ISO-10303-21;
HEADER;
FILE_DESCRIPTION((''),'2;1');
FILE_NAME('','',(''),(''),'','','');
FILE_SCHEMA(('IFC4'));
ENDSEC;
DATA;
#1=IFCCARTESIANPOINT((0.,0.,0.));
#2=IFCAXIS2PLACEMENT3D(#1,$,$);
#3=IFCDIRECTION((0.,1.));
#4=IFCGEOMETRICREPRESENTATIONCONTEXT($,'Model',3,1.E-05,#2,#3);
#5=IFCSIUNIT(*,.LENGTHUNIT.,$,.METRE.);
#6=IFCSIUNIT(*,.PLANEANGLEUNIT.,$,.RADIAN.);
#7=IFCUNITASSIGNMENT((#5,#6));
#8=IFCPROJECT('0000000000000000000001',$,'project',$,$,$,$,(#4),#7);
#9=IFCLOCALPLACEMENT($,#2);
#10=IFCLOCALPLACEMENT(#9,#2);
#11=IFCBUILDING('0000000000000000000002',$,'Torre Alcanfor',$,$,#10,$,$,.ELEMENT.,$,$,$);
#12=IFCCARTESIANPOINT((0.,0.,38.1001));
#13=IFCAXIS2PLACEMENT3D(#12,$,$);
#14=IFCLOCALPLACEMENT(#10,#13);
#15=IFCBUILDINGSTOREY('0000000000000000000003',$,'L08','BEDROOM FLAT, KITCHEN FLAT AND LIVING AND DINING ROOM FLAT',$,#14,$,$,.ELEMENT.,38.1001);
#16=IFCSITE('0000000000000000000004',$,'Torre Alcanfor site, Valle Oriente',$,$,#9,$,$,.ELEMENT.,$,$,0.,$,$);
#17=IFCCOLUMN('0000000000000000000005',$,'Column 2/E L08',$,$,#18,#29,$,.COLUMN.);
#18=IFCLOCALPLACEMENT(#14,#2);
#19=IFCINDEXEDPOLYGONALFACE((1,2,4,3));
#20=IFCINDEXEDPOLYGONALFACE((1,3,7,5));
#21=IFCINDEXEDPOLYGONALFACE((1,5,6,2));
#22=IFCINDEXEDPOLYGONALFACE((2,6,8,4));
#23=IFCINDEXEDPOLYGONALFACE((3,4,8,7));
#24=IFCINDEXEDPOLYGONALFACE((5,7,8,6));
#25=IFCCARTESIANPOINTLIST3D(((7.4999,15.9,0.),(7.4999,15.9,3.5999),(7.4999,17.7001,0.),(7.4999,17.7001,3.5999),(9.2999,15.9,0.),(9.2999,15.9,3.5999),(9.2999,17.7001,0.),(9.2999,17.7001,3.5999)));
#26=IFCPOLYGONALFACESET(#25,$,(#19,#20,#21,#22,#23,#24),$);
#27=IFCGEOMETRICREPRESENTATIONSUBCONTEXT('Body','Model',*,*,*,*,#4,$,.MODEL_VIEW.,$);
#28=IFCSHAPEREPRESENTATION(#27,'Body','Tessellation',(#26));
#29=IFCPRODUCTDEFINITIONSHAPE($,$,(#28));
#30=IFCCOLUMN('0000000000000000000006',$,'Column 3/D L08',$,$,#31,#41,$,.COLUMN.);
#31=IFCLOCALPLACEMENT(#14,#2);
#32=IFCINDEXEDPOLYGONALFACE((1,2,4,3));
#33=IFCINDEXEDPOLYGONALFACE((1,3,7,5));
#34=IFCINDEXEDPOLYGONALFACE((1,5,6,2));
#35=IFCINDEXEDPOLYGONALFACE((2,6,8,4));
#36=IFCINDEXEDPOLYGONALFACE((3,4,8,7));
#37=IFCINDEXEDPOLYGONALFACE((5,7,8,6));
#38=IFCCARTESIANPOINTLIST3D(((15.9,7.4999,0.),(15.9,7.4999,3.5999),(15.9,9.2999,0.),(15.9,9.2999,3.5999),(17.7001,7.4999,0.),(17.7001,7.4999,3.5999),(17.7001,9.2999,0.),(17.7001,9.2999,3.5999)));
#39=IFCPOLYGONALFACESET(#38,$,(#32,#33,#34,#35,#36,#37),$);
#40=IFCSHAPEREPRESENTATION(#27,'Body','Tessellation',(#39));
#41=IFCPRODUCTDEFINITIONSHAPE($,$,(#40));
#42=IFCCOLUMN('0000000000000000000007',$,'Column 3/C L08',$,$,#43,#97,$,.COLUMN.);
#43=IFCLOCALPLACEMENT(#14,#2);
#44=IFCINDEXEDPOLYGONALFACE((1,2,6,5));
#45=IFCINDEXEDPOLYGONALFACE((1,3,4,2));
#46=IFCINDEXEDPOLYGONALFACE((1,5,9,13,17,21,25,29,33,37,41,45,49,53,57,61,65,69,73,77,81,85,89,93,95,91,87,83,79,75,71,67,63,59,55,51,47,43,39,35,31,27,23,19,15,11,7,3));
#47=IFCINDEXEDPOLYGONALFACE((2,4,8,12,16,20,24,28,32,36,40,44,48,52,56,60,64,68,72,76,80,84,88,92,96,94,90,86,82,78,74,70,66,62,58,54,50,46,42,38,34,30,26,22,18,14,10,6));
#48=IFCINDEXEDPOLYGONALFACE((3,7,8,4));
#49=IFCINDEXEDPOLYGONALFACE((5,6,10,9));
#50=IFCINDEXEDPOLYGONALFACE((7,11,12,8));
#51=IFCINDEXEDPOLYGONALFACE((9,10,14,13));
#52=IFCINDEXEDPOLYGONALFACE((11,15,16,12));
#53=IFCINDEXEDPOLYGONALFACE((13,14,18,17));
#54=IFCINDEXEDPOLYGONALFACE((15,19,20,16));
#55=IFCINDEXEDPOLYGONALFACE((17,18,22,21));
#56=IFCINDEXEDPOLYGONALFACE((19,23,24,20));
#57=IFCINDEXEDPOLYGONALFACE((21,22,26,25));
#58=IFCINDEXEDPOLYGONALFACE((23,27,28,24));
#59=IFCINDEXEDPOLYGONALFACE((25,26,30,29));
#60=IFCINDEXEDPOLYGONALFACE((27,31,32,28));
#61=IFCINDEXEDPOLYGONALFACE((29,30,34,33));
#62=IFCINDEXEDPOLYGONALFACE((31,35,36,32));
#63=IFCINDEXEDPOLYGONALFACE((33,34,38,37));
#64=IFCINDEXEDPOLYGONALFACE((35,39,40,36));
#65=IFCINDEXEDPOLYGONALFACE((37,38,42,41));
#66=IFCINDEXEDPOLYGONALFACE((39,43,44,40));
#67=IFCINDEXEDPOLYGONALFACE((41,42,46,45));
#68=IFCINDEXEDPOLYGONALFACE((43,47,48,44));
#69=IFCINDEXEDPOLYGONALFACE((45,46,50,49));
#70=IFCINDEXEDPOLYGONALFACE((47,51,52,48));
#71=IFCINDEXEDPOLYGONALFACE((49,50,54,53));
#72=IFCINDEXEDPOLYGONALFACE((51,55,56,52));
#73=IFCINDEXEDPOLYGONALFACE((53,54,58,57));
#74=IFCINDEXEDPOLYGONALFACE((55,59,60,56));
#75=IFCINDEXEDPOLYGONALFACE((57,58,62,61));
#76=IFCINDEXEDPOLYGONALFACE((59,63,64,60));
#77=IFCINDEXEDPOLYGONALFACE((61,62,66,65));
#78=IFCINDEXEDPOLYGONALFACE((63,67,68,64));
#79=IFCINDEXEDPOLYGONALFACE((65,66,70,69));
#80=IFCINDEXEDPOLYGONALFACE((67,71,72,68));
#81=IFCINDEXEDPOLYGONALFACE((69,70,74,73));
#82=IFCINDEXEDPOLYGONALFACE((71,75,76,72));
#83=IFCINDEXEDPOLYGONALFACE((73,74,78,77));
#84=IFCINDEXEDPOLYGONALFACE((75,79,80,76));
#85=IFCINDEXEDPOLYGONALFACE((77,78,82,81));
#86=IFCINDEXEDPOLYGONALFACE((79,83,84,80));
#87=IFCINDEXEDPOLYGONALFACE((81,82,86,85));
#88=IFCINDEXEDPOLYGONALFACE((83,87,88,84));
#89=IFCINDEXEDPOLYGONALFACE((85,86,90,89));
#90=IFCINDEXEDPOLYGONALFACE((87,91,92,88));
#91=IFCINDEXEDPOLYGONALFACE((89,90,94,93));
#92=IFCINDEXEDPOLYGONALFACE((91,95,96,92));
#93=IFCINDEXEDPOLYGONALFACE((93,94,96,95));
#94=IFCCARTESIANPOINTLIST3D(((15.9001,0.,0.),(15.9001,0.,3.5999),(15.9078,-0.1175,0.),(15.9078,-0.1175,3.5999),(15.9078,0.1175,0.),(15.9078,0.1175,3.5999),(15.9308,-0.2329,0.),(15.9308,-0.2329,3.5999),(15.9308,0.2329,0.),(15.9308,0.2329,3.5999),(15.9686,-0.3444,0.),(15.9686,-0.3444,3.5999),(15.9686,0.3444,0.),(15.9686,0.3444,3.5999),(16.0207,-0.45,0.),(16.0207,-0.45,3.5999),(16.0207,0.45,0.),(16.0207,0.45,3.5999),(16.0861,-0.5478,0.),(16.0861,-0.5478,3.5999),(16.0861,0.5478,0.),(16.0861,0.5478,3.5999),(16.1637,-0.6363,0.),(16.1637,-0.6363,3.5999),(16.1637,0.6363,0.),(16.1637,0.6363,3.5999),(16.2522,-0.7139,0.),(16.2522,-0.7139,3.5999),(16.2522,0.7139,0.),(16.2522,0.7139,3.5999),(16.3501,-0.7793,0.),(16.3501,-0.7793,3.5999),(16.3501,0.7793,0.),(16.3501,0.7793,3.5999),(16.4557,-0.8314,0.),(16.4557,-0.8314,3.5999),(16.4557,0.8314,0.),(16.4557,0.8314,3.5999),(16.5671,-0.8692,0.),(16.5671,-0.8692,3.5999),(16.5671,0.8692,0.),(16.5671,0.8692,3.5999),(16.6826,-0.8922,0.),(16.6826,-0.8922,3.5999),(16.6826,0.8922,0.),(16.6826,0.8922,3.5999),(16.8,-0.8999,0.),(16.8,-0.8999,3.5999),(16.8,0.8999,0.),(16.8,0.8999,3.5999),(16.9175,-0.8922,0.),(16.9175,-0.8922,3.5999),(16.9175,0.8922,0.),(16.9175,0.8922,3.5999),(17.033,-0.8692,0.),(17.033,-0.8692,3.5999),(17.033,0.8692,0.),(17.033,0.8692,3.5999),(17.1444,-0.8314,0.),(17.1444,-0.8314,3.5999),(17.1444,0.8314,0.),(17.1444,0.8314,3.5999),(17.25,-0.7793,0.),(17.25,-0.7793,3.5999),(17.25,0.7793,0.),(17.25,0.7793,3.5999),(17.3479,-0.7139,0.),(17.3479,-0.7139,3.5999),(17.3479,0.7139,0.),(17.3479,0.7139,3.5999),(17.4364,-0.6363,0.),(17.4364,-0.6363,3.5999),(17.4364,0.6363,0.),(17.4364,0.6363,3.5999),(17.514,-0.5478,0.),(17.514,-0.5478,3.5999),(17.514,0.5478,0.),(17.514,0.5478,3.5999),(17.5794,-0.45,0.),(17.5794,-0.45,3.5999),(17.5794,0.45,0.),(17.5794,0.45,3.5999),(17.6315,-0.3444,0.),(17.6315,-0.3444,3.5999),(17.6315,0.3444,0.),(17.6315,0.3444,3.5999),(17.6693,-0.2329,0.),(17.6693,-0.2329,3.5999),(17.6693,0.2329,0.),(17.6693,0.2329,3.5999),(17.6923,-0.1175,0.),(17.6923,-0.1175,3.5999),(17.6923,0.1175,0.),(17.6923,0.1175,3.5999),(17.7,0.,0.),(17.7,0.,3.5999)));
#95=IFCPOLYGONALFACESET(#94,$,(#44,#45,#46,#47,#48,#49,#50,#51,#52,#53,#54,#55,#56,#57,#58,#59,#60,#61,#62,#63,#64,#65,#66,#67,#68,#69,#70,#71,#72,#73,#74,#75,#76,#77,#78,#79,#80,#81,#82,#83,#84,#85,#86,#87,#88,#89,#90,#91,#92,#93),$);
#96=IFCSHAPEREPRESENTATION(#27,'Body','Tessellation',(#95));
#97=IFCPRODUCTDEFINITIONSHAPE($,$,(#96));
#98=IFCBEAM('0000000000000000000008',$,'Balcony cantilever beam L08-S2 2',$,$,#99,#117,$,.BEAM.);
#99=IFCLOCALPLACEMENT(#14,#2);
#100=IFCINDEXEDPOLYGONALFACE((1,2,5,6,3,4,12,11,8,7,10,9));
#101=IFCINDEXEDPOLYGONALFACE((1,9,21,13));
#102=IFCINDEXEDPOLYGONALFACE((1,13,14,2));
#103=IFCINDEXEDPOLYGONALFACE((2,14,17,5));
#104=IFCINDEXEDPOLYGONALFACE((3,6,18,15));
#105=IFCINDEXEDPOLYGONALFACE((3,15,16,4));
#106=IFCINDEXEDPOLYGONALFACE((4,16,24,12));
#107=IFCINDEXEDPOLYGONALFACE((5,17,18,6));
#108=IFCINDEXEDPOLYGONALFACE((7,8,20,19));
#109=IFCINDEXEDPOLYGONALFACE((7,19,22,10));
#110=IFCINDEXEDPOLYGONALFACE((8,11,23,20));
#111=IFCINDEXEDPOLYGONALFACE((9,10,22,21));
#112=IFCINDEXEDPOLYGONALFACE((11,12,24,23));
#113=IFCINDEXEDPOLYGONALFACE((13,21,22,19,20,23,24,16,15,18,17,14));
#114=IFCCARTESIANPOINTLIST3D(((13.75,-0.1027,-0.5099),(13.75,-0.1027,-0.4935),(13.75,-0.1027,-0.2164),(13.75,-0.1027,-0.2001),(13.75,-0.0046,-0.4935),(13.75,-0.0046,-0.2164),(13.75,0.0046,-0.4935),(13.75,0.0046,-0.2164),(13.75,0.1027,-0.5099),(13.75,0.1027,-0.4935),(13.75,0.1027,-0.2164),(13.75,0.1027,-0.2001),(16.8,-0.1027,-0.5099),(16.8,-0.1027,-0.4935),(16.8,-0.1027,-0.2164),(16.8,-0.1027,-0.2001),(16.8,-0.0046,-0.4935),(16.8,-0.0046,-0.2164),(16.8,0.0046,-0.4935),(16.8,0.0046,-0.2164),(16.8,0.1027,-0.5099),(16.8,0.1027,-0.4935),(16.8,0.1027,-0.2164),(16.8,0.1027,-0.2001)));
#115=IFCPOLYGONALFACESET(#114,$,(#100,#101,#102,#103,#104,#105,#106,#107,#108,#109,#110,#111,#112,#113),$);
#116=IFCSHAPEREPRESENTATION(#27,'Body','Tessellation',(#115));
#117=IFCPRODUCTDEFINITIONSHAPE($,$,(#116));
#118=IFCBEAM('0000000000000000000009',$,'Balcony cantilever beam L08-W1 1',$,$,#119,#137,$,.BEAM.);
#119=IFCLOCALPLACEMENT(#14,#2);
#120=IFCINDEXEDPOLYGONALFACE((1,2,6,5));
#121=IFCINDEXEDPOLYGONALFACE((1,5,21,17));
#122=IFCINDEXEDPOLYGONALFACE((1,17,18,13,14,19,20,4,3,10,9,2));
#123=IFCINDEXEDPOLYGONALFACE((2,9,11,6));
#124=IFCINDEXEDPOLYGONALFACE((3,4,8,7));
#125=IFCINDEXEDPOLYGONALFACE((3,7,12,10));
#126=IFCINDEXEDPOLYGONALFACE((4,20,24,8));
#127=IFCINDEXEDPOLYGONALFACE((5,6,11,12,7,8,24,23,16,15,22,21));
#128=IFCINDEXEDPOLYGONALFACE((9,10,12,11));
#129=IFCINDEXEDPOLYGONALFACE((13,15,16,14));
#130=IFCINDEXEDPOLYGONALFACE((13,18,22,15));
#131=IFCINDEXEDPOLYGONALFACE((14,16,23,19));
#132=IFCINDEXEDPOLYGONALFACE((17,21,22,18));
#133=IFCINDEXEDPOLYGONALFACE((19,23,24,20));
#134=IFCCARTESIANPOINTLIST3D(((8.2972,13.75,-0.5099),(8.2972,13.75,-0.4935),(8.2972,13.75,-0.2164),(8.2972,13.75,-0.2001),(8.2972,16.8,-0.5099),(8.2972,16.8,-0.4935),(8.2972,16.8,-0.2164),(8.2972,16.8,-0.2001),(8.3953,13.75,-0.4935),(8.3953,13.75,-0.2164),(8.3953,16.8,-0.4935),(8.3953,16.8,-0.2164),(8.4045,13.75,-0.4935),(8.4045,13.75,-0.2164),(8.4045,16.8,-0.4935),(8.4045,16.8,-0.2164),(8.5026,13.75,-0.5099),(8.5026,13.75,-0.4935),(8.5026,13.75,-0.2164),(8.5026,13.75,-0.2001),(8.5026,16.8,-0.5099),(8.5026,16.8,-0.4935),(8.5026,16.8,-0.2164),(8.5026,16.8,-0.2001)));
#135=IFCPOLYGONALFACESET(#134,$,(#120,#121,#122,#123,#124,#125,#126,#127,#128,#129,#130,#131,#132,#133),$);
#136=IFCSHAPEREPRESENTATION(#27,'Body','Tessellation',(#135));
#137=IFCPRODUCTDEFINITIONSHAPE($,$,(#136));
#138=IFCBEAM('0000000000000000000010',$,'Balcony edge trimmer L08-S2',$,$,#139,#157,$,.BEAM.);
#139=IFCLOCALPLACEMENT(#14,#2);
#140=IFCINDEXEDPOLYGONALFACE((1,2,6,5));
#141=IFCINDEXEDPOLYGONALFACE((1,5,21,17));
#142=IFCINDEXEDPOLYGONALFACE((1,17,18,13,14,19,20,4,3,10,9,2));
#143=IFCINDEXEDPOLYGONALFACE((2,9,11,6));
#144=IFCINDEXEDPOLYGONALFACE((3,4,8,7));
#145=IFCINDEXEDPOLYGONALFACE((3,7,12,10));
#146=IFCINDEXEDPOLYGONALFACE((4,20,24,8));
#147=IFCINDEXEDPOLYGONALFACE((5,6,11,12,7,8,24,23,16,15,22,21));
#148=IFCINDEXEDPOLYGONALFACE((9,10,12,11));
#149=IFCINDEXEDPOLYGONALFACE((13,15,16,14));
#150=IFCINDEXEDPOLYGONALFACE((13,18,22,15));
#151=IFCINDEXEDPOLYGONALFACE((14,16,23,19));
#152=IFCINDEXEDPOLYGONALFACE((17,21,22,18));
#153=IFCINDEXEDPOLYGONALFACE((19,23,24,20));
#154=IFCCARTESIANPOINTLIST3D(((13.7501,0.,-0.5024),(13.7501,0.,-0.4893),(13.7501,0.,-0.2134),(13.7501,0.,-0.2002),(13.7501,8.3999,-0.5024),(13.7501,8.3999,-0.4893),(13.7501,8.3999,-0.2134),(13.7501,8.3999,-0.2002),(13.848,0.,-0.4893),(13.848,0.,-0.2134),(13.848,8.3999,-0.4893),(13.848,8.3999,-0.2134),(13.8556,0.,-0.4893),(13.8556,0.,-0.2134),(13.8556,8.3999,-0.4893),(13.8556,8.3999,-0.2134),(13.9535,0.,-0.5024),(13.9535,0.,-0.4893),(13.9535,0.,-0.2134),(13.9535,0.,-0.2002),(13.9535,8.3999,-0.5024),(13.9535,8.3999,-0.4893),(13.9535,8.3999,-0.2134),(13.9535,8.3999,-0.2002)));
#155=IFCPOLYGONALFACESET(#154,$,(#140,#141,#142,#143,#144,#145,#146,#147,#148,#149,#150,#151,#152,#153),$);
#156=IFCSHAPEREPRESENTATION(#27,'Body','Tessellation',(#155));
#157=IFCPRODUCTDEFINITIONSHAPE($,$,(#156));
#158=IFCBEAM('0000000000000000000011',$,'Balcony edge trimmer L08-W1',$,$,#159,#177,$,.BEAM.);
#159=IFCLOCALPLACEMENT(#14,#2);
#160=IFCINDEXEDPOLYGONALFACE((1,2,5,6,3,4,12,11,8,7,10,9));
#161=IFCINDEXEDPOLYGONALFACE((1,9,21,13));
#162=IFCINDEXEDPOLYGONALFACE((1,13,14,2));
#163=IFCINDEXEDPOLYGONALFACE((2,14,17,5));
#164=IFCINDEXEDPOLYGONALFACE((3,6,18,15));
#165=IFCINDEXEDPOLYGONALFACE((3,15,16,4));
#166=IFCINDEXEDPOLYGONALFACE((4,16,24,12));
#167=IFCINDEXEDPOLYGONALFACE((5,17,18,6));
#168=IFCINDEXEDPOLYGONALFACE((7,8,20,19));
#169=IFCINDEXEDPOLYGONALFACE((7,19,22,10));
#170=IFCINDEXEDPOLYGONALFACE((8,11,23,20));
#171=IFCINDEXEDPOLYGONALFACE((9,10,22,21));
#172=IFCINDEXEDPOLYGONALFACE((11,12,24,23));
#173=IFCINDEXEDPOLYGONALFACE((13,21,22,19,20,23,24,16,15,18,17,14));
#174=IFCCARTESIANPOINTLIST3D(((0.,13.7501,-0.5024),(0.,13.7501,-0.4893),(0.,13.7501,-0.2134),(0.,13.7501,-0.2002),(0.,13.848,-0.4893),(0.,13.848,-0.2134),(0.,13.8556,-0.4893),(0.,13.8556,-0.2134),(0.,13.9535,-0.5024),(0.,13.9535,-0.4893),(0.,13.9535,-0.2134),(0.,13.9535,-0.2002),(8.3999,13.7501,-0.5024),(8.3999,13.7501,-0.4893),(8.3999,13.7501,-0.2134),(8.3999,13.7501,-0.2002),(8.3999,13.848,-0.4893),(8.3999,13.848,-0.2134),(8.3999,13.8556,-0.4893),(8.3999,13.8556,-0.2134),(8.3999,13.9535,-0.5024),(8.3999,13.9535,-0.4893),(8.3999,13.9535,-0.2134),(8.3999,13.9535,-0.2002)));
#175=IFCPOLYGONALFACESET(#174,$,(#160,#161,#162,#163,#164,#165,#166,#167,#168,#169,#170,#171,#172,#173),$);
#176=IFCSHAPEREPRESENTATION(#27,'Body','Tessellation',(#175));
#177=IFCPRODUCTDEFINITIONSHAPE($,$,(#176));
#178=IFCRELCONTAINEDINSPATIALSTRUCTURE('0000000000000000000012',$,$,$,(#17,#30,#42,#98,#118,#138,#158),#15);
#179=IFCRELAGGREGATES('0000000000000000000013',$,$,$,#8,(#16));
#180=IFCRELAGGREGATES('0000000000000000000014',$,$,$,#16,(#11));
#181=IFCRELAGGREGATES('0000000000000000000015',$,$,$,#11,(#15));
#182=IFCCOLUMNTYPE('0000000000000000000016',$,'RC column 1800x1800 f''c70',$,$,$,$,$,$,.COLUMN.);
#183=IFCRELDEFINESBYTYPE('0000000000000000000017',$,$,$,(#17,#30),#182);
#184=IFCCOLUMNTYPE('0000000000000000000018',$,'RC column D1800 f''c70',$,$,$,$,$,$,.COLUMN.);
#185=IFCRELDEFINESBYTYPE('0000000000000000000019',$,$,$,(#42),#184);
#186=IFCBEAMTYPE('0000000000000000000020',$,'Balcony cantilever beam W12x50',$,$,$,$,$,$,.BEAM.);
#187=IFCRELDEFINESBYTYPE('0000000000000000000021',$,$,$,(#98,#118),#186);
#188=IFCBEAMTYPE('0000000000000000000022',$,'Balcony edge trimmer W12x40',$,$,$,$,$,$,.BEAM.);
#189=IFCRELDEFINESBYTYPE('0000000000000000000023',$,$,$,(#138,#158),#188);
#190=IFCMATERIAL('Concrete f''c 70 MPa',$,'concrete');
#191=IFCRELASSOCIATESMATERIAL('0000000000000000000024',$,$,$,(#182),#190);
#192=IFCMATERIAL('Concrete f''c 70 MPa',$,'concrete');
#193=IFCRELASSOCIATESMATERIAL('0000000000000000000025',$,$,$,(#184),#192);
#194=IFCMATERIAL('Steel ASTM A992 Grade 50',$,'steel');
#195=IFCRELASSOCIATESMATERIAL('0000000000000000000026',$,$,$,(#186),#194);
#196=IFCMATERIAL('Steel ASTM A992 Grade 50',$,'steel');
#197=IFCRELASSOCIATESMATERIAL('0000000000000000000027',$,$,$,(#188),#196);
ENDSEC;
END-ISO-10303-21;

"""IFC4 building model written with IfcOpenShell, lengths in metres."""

from ifc_helpers import new_model, si_unit, direction, frame, origin, origin_2d, place, context, subcontext, project, spatial, rectangle, circle, i_section, extrude, material, material_profile, profile_set, type_object, element, save


model = new_model("IFC4")

# Units and contexts
model_context = context("Model", 3, precision=1e-05, world=origin(), true_north=direction((0.0, 1.0)))
body_context = subcontext(model_context, "Body", "Model", "MODEL_VIEW")
ifc_project = project(units=[si_unit("LENGTHUNIT", "METRE"), si_unit("PLANEANGLEUNIT", "RADIAN")], contexts=[model_context])

# Site, building, storey
site_placement = place(None, origin())
site = spatial("IfcSite", under=ifc_project, at=site_placement, Name="Torre Alcanfor site, Valle Oriente", CompositionType="ELEMENT", RefElevation=0.0)
building_placement = place(site_placement, origin())
building = spatial("IfcBuilding", under=site, at=building_placement, Name="Torre Alcanfor", CompositionType="ELEMENT")
storey_placement = place(building_placement, frame((0.0, 0.0, 38.1001)))
storey = spatial("IfcBuildingStorey", under=building, at=storey_placement, Name="L08", Description="BEDROOM FLAT, KITCHEN FLAT AND LIVING AND DINING ROOM FLAT", CompositionType="ELEMENT", Elevation=38.1001)

# Columns
ifc_material_1 = material(Name="Concrete f'c 70 MPa", Category="concrete")
ifc_material_profile_1 = material_profile(ifc_material_1, rectangle(XDim=1.8, YDim=1.8, at=origin_2d()), Name="1800x1800")
ifc_profile_set_1 = profile_set([ifc_material_profile_1], Name="Concrete f'c 70 MPa")
column_type_1 = type_object("IfcColumnType", Name="RC column 1800x1800 f'c70", PredefinedType="COLUMN", material=ifc_profile_set_1)
for number, where, z_axis, x_axis, name in (
    (1, (8.3999, 16.8, 0.0), (0.0, 0.0, 1.0), (1.0, 0.0, 0.0), "Column 2/E L08"),
    (2, (16.8, 8.3999, 0.0), (0.0, 0.0, 1.0), (1.0, 0.0, 0.0), "Column 3/D L08"),
):
    element("IfcColumn", number, at=place(storey_placement, frame(where, z_axis=z_axis, x_axis=x_axis)), inside=storey, type_object=column_type_1, Name=name, PredefinedType="COLUMN", context=body_context, shape_type="SweptSolid", body=[
        extrude(rectangle(XDim=1.8, YDim=1.8, at=origin_2d()), origin(), (0.0, 0.0, 1.0), 3.5999),
    ])
ifc_material_2 = material(Name="Concrete f'c 70 MPa", Category="concrete")
ifc_material_profile_2 = material_profile(ifc_material_2, circle(Radius=0.8999, at=origin_2d()), Name="D1800")
ifc_profile_set_2 = profile_set([ifc_material_profile_2], Name="Concrete f'c 70 MPa")
column_type_2 = type_object("IfcColumnType", Name="RC column D1800 f'c70", PredefinedType="COLUMN", material=ifc_profile_set_2)
column_placement = place(storey_placement, frame((16.8, 0.0, 0.0), z_axis=(0.0, 0.0, 1.0), x_axis=(1.0, 0.0, 0.0)))
element("IfcColumn", 3, at=column_placement, inside=storey, type_object=column_type_2, Name="Column 3/C L08", PredefinedType="COLUMN", context=body_context, shape_type="SweptSolid", body=[
    extrude(circle(Radius=0.8999, at=origin_2d()), origin(), (0.0, 0.0, 1.0), 3.5999),
])

# Beams
ifc_material_3 = material(Name="Steel ASTM A992 Grade 50", Category="steel")
ifc_material_profile_3 = material_profile(ifc_material_3, i_section(OverallWidth=0.2053, OverallDepth=0.3098, WebThickness=0.0093, FlangeThickness=0.0164, at=origin_2d()), Name="W12x50")
ifc_profile_set_3 = profile_set([ifc_material_profile_3], Name="Steel ASTM A992 Grade 50")
beam_type_1 = type_object("IfcBeamType", Name="Balcony cantilever beam W12x50", PredefinedType="BEAM", material=ifc_profile_set_3)
for number, where, z_axis, x_axis, name in (
    (4, (16.8, 0.0, -0.355), (-1.0, 0.0, 0.0), (0.0, -1.0, 0.0), "Balcony cantilever beam L08-S2 2"),
    (5, (8.3999, 16.8, -0.355), (0.0, -1.0, 0.0), (1.0, 0.0, 0.0), "Balcony cantilever beam L08-W1 1"),
):
    element("IfcBeam", number, at=place(storey_placement, frame(where, z_axis=z_axis, x_axis=x_axis)), inside=storey, type_object=beam_type_1, Name=name, PredefinedType="BEAM", context=body_context, shape_type="SweptSolid", body=[
        extrude(i_section(OverallWidth=0.2053, OverallDepth=0.3098, WebThickness=0.0093, FlangeThickness=0.0164, at=origin_2d()), origin(), (0.0, 0.0, 1.0), 3.05),
    ])
ifc_material_4 = material(Name="Steel ASTM A992 Grade 50", Category="steel")
ifc_material_profile_4 = material_profile(ifc_material_4, i_section(OverallWidth=0.2034, OverallDepth=0.3022, WebThickness=0.0076, FlangeThickness=0.0132, at=origin_2d()), Name="W12x40")
ifc_profile_set_4 = profile_set([ifc_material_profile_4], Name="Steel ASTM A992 Grade 50")
beam_type_2 = type_object("IfcBeamType", Name="Balcony edge trimmer W12x40", PredefinedType="BEAM", material=ifc_profile_set_4)
for number, where, z_axis, x_axis, name in (
    (6, (13.8518, 8.3999, -0.3513), (0.0, -1.0, 0.0), (1.0, 0.0, 0.0), "Balcony edge trimmer L08-S2"),
    (7, (8.3999, 13.8518, -0.3513), (-1.0, 0.0, 0.0), (0.0, -1.0, 0.0), "Balcony edge trimmer L08-W1"),
):
    element("IfcBeam", number, at=place(storey_placement, frame(where, z_axis=z_axis, x_axis=x_axis)), inside=storey, type_object=beam_type_2, Name=name, PredefinedType="BEAM", context=body_context, shape_type="SweptSolid", body=[
        extrude(i_section(OverallWidth=0.2034, OverallDepth=0.3022, WebThickness=0.0076, FlangeThickness=0.0132, at=origin_2d()), origin(), (0.0, 0.0, 1.0), 8.3999),
    ])

save(model, "model.ifc")
